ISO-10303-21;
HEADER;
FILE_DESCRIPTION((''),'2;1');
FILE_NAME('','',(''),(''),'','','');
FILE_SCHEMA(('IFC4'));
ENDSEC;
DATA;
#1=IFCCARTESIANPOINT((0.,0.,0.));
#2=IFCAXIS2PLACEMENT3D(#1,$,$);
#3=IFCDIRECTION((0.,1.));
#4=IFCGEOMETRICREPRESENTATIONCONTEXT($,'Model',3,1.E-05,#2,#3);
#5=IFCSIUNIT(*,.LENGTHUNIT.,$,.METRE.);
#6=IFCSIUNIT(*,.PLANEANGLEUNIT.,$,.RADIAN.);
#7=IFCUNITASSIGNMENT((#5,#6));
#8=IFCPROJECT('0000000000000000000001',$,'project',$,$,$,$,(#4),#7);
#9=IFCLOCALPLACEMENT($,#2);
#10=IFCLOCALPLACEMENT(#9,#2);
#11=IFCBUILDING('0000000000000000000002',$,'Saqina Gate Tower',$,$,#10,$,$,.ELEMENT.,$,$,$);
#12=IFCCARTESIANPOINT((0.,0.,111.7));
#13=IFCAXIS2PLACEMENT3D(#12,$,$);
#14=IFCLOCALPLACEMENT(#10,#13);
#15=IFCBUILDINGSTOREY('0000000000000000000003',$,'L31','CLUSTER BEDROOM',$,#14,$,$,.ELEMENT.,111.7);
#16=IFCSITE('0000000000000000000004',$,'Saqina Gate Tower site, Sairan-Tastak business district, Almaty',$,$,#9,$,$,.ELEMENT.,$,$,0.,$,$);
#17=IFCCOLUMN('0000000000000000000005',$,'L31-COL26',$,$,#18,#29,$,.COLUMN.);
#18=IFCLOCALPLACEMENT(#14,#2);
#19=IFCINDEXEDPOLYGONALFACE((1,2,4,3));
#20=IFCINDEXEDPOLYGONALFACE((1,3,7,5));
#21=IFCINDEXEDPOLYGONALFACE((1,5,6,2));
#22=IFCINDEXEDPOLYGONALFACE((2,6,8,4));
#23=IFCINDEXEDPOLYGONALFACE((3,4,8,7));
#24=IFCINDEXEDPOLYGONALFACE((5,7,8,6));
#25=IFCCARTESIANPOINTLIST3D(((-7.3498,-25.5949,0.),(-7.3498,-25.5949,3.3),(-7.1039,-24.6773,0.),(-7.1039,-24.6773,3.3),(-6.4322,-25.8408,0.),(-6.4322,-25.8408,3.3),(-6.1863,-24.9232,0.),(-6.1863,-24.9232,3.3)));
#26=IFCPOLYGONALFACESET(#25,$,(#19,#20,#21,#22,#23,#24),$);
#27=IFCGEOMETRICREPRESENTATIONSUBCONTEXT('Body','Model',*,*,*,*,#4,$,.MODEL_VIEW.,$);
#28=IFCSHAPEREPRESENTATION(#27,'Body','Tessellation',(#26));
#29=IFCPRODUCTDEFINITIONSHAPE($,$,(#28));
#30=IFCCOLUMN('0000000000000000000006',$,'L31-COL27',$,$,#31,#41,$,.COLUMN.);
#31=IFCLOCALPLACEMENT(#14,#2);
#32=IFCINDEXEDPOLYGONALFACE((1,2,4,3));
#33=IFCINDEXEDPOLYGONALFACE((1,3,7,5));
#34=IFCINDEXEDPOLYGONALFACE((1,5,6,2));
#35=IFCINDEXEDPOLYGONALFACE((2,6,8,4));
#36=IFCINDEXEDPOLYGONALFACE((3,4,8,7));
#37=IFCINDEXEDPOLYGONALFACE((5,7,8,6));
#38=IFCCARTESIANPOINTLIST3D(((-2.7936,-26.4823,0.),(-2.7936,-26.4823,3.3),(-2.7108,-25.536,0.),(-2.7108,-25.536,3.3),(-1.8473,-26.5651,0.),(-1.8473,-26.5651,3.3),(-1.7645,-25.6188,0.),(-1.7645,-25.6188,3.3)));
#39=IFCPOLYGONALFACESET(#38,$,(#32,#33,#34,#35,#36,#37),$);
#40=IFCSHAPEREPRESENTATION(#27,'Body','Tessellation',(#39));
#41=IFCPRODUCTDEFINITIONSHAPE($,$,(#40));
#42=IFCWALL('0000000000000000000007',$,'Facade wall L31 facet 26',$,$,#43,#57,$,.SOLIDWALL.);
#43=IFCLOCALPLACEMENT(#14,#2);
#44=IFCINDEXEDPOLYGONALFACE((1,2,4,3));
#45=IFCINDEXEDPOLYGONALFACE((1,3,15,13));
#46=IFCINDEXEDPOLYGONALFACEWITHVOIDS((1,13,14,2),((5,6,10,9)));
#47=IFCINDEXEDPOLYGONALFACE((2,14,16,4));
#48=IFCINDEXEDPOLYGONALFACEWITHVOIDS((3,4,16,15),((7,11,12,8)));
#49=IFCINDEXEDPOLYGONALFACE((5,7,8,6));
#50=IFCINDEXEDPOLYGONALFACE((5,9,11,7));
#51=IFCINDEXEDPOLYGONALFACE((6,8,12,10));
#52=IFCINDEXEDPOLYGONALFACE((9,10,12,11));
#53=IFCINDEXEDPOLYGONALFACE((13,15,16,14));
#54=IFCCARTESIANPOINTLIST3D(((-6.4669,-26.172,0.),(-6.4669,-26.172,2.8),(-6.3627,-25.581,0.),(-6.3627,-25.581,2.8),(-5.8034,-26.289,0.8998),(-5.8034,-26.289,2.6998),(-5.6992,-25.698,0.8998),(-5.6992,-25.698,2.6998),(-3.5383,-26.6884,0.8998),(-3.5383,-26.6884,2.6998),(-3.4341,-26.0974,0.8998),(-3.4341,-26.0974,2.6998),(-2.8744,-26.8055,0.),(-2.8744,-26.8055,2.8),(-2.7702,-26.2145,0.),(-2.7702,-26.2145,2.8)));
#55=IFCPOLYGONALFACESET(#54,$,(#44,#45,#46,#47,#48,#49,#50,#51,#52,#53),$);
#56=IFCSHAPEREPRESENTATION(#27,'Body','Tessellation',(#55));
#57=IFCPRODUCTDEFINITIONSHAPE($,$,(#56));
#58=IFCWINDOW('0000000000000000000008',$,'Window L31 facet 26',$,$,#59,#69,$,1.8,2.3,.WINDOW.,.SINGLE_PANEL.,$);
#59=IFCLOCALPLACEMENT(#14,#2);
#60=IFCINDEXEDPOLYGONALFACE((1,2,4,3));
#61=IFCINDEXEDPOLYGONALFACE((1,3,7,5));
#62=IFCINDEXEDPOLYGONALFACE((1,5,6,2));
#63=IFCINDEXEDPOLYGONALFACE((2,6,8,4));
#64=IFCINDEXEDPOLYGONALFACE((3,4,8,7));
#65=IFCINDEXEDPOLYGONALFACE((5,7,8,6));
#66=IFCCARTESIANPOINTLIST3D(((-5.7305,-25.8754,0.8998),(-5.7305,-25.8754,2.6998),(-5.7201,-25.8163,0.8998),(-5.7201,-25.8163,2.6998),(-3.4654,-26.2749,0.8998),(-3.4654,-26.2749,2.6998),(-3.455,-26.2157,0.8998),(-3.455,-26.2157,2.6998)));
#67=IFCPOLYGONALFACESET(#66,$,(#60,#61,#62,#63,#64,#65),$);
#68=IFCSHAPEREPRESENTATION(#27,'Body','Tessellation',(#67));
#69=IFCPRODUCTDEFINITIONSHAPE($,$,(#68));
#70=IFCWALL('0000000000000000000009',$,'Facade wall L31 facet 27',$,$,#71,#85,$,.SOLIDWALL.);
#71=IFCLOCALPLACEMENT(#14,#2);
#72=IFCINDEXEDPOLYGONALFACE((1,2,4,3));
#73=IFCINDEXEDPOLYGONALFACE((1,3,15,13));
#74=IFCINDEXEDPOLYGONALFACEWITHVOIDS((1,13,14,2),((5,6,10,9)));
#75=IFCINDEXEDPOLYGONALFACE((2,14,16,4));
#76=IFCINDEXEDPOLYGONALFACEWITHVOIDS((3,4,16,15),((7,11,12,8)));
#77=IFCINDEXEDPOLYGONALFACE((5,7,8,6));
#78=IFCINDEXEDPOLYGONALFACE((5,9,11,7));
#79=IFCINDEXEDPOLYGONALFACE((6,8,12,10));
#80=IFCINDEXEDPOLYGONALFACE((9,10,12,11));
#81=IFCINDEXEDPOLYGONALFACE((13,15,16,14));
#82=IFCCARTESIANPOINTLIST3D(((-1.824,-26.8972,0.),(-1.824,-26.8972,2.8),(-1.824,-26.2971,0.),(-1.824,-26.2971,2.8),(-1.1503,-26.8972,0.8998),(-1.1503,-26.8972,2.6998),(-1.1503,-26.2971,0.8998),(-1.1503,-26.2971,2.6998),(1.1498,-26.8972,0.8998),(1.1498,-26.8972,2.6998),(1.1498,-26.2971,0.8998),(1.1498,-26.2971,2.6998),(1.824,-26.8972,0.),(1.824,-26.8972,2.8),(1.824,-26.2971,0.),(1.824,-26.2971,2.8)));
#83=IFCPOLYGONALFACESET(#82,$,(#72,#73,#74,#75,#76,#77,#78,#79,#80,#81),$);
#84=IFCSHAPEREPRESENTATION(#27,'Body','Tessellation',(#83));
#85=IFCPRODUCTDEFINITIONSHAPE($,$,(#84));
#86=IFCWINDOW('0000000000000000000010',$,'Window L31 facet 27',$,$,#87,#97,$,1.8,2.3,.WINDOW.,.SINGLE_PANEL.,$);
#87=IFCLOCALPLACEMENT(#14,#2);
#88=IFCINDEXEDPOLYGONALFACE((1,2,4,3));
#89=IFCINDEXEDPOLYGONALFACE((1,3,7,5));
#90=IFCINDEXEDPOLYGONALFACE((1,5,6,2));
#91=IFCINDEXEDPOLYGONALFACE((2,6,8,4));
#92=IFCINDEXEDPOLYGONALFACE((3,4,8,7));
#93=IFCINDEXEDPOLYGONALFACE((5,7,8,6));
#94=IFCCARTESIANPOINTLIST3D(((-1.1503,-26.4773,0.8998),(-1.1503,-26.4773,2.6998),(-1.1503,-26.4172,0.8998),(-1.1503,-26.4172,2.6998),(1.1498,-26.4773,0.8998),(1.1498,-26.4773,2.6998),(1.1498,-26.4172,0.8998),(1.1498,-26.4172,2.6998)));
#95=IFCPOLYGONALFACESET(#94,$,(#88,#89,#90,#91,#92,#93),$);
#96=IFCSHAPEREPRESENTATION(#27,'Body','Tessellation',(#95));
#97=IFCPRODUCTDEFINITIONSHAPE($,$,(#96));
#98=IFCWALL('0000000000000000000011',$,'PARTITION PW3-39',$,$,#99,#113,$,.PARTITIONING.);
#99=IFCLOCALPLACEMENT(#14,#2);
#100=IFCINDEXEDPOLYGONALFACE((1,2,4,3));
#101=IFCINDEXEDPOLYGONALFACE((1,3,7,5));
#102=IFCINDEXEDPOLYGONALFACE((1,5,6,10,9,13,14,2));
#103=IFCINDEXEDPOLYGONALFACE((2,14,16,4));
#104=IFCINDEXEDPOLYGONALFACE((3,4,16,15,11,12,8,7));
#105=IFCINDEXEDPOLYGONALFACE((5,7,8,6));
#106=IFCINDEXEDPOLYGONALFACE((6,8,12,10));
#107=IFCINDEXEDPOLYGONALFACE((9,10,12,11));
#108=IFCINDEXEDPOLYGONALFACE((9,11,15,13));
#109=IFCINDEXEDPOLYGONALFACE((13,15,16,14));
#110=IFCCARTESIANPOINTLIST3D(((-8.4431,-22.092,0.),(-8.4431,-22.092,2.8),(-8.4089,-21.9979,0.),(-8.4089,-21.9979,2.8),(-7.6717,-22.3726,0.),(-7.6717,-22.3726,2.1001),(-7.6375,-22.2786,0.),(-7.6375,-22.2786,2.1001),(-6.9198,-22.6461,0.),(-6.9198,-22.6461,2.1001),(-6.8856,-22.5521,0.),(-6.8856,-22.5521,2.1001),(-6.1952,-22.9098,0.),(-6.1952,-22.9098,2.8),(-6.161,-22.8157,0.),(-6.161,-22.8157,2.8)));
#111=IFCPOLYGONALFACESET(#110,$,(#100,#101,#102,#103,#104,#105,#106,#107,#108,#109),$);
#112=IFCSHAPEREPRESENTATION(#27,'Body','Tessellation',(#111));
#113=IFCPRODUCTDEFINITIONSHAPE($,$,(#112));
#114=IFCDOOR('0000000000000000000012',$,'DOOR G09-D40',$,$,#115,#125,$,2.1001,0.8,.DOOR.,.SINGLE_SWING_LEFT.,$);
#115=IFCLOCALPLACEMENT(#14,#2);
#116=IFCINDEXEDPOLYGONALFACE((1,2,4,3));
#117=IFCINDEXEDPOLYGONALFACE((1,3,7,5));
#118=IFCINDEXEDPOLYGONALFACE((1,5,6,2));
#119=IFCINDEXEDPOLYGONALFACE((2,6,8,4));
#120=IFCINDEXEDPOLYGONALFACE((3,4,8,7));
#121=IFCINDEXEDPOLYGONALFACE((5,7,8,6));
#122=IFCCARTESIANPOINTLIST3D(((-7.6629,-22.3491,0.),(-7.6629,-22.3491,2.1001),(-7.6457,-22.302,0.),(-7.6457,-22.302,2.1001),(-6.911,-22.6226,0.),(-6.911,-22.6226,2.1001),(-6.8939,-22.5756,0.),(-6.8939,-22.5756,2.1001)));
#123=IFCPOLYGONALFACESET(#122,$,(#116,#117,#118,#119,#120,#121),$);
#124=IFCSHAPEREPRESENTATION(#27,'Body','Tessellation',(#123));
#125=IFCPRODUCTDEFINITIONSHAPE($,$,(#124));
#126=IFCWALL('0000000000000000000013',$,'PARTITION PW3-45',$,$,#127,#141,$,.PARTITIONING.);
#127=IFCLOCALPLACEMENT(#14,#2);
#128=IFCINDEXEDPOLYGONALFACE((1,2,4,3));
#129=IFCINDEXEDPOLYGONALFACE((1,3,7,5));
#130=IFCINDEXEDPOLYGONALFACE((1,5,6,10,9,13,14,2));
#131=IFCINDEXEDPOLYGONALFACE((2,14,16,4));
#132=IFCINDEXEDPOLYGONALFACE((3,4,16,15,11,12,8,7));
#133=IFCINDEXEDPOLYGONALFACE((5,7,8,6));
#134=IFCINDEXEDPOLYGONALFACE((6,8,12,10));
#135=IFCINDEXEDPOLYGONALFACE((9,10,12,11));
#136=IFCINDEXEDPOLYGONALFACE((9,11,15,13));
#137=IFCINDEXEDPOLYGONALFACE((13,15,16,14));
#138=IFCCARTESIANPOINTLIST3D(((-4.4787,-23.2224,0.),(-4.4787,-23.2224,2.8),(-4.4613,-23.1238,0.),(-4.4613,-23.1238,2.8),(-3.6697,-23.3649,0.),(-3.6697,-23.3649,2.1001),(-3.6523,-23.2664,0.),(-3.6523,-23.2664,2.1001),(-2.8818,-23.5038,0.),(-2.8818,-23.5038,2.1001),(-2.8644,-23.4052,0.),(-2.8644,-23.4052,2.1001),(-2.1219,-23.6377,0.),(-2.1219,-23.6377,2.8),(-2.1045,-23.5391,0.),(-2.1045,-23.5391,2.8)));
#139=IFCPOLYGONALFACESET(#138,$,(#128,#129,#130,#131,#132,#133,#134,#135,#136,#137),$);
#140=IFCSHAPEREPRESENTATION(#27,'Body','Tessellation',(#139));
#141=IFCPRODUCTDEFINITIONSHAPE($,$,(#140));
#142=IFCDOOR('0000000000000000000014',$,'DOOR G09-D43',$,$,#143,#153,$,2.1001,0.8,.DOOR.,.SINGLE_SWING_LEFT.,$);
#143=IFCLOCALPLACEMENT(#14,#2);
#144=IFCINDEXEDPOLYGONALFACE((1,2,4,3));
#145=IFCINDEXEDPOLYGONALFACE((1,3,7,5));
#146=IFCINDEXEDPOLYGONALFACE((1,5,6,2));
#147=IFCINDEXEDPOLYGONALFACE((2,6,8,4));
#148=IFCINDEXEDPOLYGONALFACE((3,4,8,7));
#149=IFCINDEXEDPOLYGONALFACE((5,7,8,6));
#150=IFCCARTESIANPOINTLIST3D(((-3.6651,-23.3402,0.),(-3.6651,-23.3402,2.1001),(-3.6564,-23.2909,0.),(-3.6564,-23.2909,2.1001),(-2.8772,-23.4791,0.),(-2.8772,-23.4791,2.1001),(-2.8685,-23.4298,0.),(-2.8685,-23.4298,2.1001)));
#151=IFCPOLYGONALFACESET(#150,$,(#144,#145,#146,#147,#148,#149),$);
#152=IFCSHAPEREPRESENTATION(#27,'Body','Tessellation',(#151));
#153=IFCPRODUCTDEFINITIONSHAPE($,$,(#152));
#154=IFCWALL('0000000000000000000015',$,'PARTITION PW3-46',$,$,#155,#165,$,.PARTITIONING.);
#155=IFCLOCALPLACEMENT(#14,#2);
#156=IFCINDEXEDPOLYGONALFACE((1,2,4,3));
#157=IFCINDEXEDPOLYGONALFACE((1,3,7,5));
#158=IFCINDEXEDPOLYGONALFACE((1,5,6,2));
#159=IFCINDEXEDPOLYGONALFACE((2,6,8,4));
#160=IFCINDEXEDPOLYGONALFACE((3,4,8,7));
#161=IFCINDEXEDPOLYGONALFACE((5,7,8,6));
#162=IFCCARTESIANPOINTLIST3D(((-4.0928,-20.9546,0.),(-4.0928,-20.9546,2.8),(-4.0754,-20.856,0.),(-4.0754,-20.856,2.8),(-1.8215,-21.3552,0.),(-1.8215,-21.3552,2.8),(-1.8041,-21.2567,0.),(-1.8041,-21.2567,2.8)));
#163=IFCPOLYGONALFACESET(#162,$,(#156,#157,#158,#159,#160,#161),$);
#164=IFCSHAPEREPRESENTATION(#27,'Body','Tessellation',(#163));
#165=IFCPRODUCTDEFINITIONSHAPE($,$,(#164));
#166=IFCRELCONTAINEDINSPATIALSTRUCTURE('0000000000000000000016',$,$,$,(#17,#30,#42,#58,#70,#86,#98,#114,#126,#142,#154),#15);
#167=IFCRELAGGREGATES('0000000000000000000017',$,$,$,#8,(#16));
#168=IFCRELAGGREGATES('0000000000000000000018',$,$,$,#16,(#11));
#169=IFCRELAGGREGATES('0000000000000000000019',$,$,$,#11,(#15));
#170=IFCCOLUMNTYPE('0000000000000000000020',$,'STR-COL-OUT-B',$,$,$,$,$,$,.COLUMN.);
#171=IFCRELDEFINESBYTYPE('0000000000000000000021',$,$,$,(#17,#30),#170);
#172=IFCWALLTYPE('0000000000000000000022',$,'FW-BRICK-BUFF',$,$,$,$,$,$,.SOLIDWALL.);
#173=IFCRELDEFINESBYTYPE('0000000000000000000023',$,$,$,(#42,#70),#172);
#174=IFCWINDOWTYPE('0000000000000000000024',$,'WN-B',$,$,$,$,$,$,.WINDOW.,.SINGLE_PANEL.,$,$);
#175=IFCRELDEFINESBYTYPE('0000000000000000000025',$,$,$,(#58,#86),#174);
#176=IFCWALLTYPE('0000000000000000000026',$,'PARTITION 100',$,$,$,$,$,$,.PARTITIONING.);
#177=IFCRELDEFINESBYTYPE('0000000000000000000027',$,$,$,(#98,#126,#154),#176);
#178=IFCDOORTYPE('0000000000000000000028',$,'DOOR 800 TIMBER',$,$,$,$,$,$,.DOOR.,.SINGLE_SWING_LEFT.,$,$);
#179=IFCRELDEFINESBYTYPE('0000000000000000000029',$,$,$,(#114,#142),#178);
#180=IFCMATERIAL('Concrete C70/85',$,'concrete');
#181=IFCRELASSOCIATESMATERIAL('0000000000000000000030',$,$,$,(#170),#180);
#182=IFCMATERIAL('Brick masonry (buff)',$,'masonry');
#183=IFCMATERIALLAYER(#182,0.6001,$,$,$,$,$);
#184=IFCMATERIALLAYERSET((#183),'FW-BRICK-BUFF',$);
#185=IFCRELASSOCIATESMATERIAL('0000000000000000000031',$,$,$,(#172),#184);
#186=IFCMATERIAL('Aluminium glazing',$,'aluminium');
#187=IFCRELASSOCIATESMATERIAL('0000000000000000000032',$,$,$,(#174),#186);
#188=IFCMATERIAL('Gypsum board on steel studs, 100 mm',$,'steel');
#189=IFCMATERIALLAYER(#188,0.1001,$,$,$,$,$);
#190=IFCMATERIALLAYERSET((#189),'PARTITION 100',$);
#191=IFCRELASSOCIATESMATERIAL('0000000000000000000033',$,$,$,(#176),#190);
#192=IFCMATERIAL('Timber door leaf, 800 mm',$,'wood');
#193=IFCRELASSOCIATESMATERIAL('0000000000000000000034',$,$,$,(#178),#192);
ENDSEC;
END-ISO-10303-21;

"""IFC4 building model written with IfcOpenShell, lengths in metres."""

from ifc_helpers import new_model, si_unit, direction, frame, frame_2d, origin, origin_2d, place, context, subcontext, project, spatial, rectangle, extrude, material, layer, layer_set, material_profile, profile_set, type_object, element, fill, save


model = new_model("IFC4")

# Units and contexts
model_context = context("Model", 3, precision=1e-05, world=origin(), true_north=direction((0.0, 1.0)))
body_context = subcontext(model_context, "Body", "Model", "MODEL_VIEW")
ifc_project = project(units=[si_unit("LENGTHUNIT", "METRE"), si_unit("PLANEANGLEUNIT", "RADIAN")], contexts=[model_context])

# Site, building, storey
site_placement = place(None, origin())
site = spatial("IfcSite", under=ifc_project, at=site_placement, Name="Saqina Gate Tower site, Sairan-Tastak business district, Almaty", CompositionType="ELEMENT", RefElevation=0.0)
building_placement = place(site_placement, origin())
building = spatial("IfcBuilding", under=site, at=building_placement, Name="Saqina Gate Tower", CompositionType="ELEMENT")
storey_placement = place(building_placement, frame((0.0, 0.0, 111.7)))
storey = spatial("IfcBuildingStorey", under=building, at=storey_placement, Name="L31", Description="CLUSTER BEDROOM", CompositionType="ELEMENT", Elevation=111.7)

# Columns
ifc_material_1 = material(Name="Concrete C70/85", Category="concrete")
ifc_material_profile = material_profile(ifc_material_1, rectangle(XDim=0.95, YDim=0.95, at=origin_2d()), Name="RC 950x950")
ifc_profile_set = profile_set([ifc_material_profile], Name="Concrete C70/85")
column_type = type_object("IfcColumnType", Name="STR-COL-OUT-B", PredefinedType="COLUMN", material=ifc_profile_set)
for number, where, z_axis, x_axis, name in (
    (1, (-6.7681, -25.259, 0.0), (0.0, 0.0, 1.0), (-0.258819, -0.965926, 0.0), "L31-COL26"),
    (2, (-2.2791, -26.0505, 0.0), (0.0, 0.0, 1.0), (-0.087156, -0.996195, 0.0), "L31-COL27"),
):
    element("IfcColumn", number, at=place(storey_placement, frame(where, z_axis=z_axis, x_axis=x_axis)), inside=storey, type_object=column_type, Name=name, PredefinedType="COLUMN", context=body_context, shape_type="SweptSolid", body=[
        extrude(rectangle(XDim=0.95, YDim=0.95, at=origin_2d()), origin(), (0.0, 0.0, 1.0), 3.3),
    ])

# Walls, openings, windows
ifc_material_2 = material(Name="Brick masonry (buff)", Category="masonry")
ifc_layer_1 = layer(ifc_material_2, 0.6001)
ifc_layer_set_1 = layer_set([ifc_layer_1], Name="FW-BRICK-BUFF")
wall_type_1 = type_object("IfcWallType", Name="FW-BRICK-BUFF", PredefinedType="SOLIDWALL", material=ifc_layer_set_1)
wall_1_placement = place(storey_placement, frame((-6.4148, -25.8765, 0.0), z_axis=(0.0, 0.0, 1.0), x_axis=(0.984804, -0.173671, 0.0)))
wall_1 = element("IfcWall", 3, at=wall_1_placement, inside=storey, type_object=wall_type_1, Name="Facade wall L31 facet 26", PredefinedType="SOLIDWALL", context=body_context, shape_type="SweptSolid", body=[
    extrude(rectangle(XDim=3.6479, YDim=0.6001, at=frame_2d((1.824, 0.0))), origin(), (0.0, 0.0, 1.0), 2.8),
])
opening_1_placement = place(wall_1_placement, frame((0.6738, 0.0, 0.8999)))
opening_1 = element("IfcOpeningElement", 4, at=opening_1_placement, cuts=wall_1, PredefinedType="OPENING", context=body_context, shape_type="SweptSolid", body=[
    extrude(rectangle(XDim=2.3, YDim=1.8, at=frame_2d((1.1499, 0.8999))), frame((0.0, 0.312, 0.0), z_axis=(0.0, -1.0, 0.0), x_axis=(1.0, 0.0, 0.0)), (0.0, 0.0, 1.0), 0.624),
])
ifc_material_3 = material(Name="Aluminium glazing", Category="aluminium")
window_type = type_object("IfcWindowType", Name="WN-B", PartitioningType="SINGLE_PANEL", PredefinedType="WINDOW", material=ifc_material_3)
window_1_placement = place(opening_1_placement, origin())
window_1 = element("IfcWindow", 5, at=window_1_placement, inside=storey, type_object=window_type, Name="Window L31 facet 26", OverallHeight=1.8, OverallWidth=2.3, PartitioningType="SINGLE_PANEL", PredefinedType="WINDOW", context=body_context, shape_type="SweptSolid", body=[
    extrude(rectangle(XDim=2.3, YDim=1.8, at=frame_2d((1.1499, 0.8999))), frame((0.0, 0.1799, 0.0), z_axis=(0.0, -1.0, 0.0), x_axis=(1.0, 0.0, 0.0)), (0.0, 0.0, 1.0), 0.0601),
])
fill(opening_1, window_1)
wall_2_placement = place(storey_placement, frame((-1.824, -26.5972, 0.0), z_axis=(0.0, 0.0, 1.0), x_axis=(1.0, 0.0, 0.0)))
wall_2 = element("IfcWall", 6, at=wall_2_placement, inside=storey, type_object=wall_type_1, Name="Facade wall L31 facet 27", PredefinedType="SOLIDWALL", context=body_context, shape_type="SweptSolid", body=[
    extrude(rectangle(XDim=3.6479, YDim=0.6001, at=frame_2d((1.824, 0.0))), origin(), (0.0, 0.0, 1.0), 2.8),
])
opening_2_placement = place(wall_2_placement, frame((0.6738, 0.0, 0.8999)))
opening_2 = element("IfcOpeningElement", 7, at=opening_2_placement, cuts=wall_2, PredefinedType="OPENING", context=body_context, shape_type="SweptSolid", body=[
    extrude(rectangle(XDim=2.3, YDim=1.8, at=frame_2d((1.1499, 0.8999))), frame((0.0, 0.312, 0.0), z_axis=(0.0, -1.0, 0.0), x_axis=(1.0, 0.0, 0.0)), (0.0, 0.0, 1.0), 0.624),
])
window_2_placement = place(opening_2_placement, origin())
window_2 = element("IfcWindow", 8, at=window_2_placement, inside=storey, type_object=window_type, Name="Window L31 facet 27", OverallHeight=1.8, OverallWidth=2.3, PartitioningType="SINGLE_PANEL", PredefinedType="WINDOW", context=body_context, shape_type="SweptSolid", body=[
    extrude(rectangle(XDim=2.3, YDim=1.8, at=frame_2d((1.1499, 0.8999))), frame((0.0, 0.1799, 0.0), z_axis=(0.0, -1.0, 0.0), x_axis=(1.0, 0.0, 0.0)), (0.0, 0.0, 1.0), 0.0601),
])
fill(opening_2, window_2)

# Walls, openings, doors
ifc_material_4 = material(Name="Gypsum board on steel studs, 100 mm", Category="steel")
ifc_layer_2 = layer(ifc_material_4, 0.1001)
ifc_layer_set_2 = layer_set([ifc_layer_2], Name="PARTITION 100")
wall_type_2 = type_object("IfcWallType", Name="PARTITION 100", PredefinedType="PARTITIONING", material=ifc_layer_set_2)
wall_3_placement = place(storey_placement, frame((-8.426, -22.0449, 0.0), z_axis=(0.0, 0.0, 1.0), x_axis=(0.93974, -0.341891, 0.0)))
wall_3 = element("IfcWall", 9, at=wall_3_placement, inside=storey, type_object=wall_type_2, Name="PARTITION PW3-39", PredefinedType="PARTITIONING", context=body_context, shape_type="SweptSolid", body=[
    extrude(rectangle(XDim=2.3921, YDim=0.1001, at=frame_2d((1.196, 0.0))), origin(), (0.0, 0.0, 1.0), 2.8),
])
opening_3_placement = place(wall_3_placement, frame((0.821, 0.0, 0.0)))
opening_3 = element("IfcOpeningElement", 10, at=opening_3_placement, cuts=wall_3, PredefinedType="OPENING", context=body_context, shape_type="SweptSolid", body=[
    extrude(rectangle(XDim=0.8, YDim=2.1001, at=frame_2d((0.3999, 1.05))), frame((0.0, 0.062, 0.0), z_axis=(0.0, -1.0, 0.0), x_axis=(1.0, 0.0, 0.0)), (0.0, 0.0, 1.0), 0.124),
])
ifc_material_5 = material(Name="Timber door leaf, 800 mm", Category="wood")
door_type_1 = type_object("IfcDoorType", Name="DOOR 800 TIMBER", OperationType="SINGLE_SWING_LEFT", PredefinedType="DOOR", material=ifc_material_5)
door_1_placement = place(opening_3_placement, frame((0.8, 0.0, 0.0), z_axis=(0.0, 0.0, 1.0), x_axis=(-1.0, 0.0, 0.0)))
door_1 = element("IfcDoor", 11, at=door_1_placement, inside=storey, type_object=door_type_1, Name="DOOR G09-D40", OperationType="SINGLE_SWING_LEFT", OverallHeight=2.1001, OverallWidth=0.8, PredefinedType="DOOR", context=body_context, shape_type="SweptSolid", body=[
    extrude(rectangle(XDim=0.8, YDim=2.1001, at=frame_2d((0.3999, 1.05))), frame((0.0, 0.0249, 0.0), z_axis=(0.0, -1.0, 0.0), x_axis=(1.0, 0.0, 0.0)), (0.0, 0.0, 1.0), 0.05),
])
fill(opening_3, door_1)
wall_4_placement = place(storey_placement, frame((-4.47, -23.1731, 0.0), z_axis=(0.0, 0.0, 1.0), x_axis=(0.984827, -0.173541, 0.0)))
wall_4 = element("IfcWall", 12, at=wall_4_placement, inside=storey, type_object=wall_type_2, Name="PARTITION PW3-45", PredefinedType="PARTITIONING", context=body_context, shape_type="SweptSolid", body=[
    extrude(rectangle(XDim=2.3931, YDim=0.1001, at=frame_2d((1.1965, 0.0))), origin(), (0.0, 0.0, 1.0), 2.8),
])
opening_4_placement = place(wall_4_placement, frame((0.8215, 0.0, 0.0)))
opening_4 = element("IfcOpeningElement", 13, at=opening_4_placement, cuts=wall_4, PredefinedType="OPENING", context=body_context, shape_type="SweptSolid", body=[
    extrude(rectangle(XDim=0.8, YDim=2.1001, at=frame_2d((0.3999, 1.05))), frame((0.0, 0.062, 0.0), z_axis=(0.0, -1.0, 0.0), x_axis=(1.0, 0.0, 0.0)), (0.0, 0.0, 1.0), 0.124),
])
door_2_placement = place(opening_4_placement, frame((0.8, 0.0, 0.0), z_axis=(0.0, 0.0, 1.0), x_axis=(-1.0, 0.0, 0.0)))
door_2 = element("IfcDoor", 14, at=door_2_placement, inside=storey, type_object=door_type_1, Name="DOOR G09-D43", OperationType="SINGLE_SWING_LEFT", OverallHeight=2.1001, OverallWidth=0.8, PredefinedType="DOOR", context=body_context, shape_type="SweptSolid", body=[
    extrude(rectangle(XDim=0.8, YDim=2.1001, at=frame_2d((0.3999, 1.05))), frame((0.0, 0.0249, 0.0), z_axis=(0.0, -1.0, 0.0), x_axis=(1.0, 0.0, 0.0)), (0.0, 0.0, 1.0), 0.05),
])
fill(opening_4, door_2)

# Wall
wall_5_placement = place(storey_placement, frame((-4.0842, -20.9053, 0.0), z_axis=(0.0, 0.0, 1.0), x_axis=(0.984796, -0.173713, 0.0)))
element("IfcWall", 15, at=wall_5_placement, inside=storey, type_object=wall_type_2, Name="PARTITION PW3-46", PredefinedType="PARTITIONING", context=body_context, shape_type="SweptSolid", body=[
    extrude(rectangle(XDim=2.3064, YDim=0.1001, at=frame_2d((1.1533, 0.0))), origin(), (0.0, 0.0, 1.0), 2.8),
])

save(model, "model.ifc")
